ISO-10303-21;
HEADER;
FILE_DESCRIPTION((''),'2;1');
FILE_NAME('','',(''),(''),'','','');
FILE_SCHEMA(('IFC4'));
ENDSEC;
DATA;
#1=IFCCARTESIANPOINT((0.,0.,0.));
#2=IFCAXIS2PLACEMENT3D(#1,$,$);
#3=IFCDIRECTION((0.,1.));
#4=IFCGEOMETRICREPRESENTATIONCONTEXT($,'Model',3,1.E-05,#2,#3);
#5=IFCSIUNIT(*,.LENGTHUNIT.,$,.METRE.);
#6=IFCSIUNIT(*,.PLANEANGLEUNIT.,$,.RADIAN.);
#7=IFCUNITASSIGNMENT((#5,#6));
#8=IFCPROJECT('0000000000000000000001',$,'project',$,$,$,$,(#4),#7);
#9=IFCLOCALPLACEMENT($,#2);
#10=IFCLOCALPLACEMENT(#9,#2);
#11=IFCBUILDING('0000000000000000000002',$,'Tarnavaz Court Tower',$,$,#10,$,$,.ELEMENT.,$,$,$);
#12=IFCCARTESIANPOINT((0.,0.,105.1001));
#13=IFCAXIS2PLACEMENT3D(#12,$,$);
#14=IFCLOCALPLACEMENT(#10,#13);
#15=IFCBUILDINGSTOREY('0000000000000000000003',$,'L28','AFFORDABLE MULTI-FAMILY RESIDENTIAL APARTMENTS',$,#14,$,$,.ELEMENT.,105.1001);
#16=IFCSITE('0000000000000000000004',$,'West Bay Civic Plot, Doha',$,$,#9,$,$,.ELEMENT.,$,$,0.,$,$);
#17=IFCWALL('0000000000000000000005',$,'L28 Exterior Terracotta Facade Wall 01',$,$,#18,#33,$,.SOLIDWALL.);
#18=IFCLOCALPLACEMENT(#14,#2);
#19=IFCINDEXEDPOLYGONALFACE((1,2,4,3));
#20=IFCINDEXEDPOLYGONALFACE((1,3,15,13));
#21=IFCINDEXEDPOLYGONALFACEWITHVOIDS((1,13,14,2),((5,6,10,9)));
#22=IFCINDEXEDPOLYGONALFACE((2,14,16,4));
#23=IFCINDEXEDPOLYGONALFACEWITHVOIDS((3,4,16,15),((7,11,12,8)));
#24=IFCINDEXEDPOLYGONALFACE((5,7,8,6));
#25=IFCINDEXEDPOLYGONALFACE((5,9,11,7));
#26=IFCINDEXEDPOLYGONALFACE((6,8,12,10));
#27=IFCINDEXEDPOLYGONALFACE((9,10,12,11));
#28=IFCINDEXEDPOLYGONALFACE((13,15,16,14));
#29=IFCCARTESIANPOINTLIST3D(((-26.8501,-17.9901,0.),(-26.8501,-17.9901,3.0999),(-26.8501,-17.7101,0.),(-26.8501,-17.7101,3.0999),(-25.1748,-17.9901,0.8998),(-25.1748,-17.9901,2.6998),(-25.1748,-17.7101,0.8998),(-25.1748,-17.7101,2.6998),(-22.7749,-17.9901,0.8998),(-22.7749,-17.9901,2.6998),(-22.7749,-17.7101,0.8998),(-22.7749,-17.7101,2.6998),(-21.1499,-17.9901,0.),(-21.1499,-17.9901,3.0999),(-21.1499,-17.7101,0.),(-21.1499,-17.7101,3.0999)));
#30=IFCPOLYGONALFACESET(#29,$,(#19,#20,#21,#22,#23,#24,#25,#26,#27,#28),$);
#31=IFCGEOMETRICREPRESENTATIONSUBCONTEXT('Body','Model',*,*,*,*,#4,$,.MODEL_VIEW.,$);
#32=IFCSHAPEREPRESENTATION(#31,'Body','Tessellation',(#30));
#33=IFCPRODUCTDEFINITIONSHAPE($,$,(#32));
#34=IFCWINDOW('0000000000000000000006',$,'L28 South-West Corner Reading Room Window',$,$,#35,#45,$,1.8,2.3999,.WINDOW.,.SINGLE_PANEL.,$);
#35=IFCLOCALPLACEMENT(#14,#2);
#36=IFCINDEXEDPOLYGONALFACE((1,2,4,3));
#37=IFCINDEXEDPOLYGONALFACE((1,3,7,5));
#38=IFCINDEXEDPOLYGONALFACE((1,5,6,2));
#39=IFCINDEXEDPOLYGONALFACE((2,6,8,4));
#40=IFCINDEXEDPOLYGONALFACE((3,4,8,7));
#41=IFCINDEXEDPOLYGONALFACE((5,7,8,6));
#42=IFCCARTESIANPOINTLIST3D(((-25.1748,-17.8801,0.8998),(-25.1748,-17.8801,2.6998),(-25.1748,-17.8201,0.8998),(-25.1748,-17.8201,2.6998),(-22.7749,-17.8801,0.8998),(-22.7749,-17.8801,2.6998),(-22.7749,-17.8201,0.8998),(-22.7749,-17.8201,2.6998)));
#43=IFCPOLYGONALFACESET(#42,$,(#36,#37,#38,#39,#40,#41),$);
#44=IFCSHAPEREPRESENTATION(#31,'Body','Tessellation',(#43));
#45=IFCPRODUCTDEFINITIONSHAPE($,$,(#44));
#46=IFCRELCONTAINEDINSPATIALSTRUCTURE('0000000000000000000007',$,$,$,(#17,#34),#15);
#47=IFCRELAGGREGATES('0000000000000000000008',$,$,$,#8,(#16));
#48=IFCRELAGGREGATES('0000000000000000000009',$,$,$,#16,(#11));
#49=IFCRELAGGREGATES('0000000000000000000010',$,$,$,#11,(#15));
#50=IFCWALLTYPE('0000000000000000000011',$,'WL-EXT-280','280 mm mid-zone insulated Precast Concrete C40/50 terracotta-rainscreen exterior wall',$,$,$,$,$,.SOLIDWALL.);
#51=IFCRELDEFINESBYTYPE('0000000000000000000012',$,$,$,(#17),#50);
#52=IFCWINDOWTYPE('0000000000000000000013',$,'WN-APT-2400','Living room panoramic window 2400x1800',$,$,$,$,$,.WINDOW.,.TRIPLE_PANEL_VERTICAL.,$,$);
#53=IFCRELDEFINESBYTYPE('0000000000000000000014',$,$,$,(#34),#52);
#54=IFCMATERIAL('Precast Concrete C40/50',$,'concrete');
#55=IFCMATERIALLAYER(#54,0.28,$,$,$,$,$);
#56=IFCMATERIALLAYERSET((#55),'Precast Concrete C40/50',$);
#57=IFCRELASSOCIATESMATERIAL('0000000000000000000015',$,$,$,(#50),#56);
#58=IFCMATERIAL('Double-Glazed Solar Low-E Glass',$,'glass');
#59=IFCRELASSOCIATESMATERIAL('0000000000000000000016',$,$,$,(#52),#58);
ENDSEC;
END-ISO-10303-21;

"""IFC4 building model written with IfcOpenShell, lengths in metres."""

from ifc_helpers import new_model, si_unit, direction, frame, frame_2d, origin, place, context, subcontext, project, spatial, rectangle, extrude, material, layer, layer_set, type_object, element, fill, save


model = new_model("IFC4")

# Units and contexts
model_context = context("Model", 3, precision=1e-05, world=origin(), true_north=direction((0.0, 1.0)))
body_context = subcontext(model_context, "Body", "Model", "MODEL_VIEW")
ifc_project = project(units=[si_unit("LENGTHUNIT", "METRE"), si_unit("PLANEANGLEUNIT", "RADIAN")], contexts=[model_context])

# Site, building, storey
site_placement = place(None, origin())
site = spatial("IfcSite", under=ifc_project, at=site_placement, Name="West Bay Civic Plot, Doha", CompositionType="ELEMENT", RefElevation=0.0)
building_placement = place(site_placement, origin())
building = spatial("IfcBuilding", under=site, at=building_placement, Name="Tarnavaz Court Tower", CompositionType="ELEMENT")
storey_placement = place(building_placement, frame((0.0, 0.0, 105.1001)))
storey = spatial("IfcBuildingStorey", under=building, at=storey_placement, Name="L28", Description="AFFORDABLE MULTI-FAMILY RESIDENTIAL APARTMENTS", CompositionType="ELEMENT", Elevation=105.1001)

# Wall, opening, window
ifc_material_1 = material(Name="Precast Concrete C40/50", Category="concrete")
ifc_layer_1 = layer(ifc_material_1, 0.28)
ifc_layer_set_1 = layer_set([ifc_layer_1], Name="Precast Concrete C40/50")
wall_type_1 = type_object("IfcWallType", Name="WL-EXT-280", Description="280 mm mid-zone insulated Precast Concrete C40/50 terracotta-rainscreen exterior wall", PredefinedType="SOLIDWALL", material=ifc_layer_set_1)
wall_1_placement = place(storey_placement, frame((-21.1499, -17.8501, 0.0), z_axis=(0.0, 0.0, 1.0), x_axis=(-1.0, 0.0, 0.0)))
wall_1 = element("IfcWall", 1, at=wall_1_placement, inside=storey, type_object=wall_type_1, Name="L28 Exterior Terracotta Facade Wall 01", PredefinedType="SOLIDWALL", context=body_context, shape_type="SweptSolid", body=[
    extrude(rectangle(XDim=5.7002, YDim=0.28, at=frame_2d((2.8501, 0.0))), origin(), (0.0, 0.0, 1.0), 3.0999),
])
opening_1_placement = place(wall_1_placement, frame((1.625, 0.0, 0.8999)))
opening_1 = element("IfcOpeningElement", 2, at=opening_1_placement, cuts=wall_1, PredefinedType="OPENING", context=body_context, shape_type="SweptSolid", body=[
    extrude(rectangle(XDim=2.3999, YDim=1.8, at=frame_2d((1.2, 0.8999))), frame((0.0, 0.1499, 0.0), z_axis=(0.0, -1.0, 0.0), x_axis=(1.0, 0.0, 0.0)), (0.0, 0.0, 1.0), 0.3),
])
ifc_material_2 = material(Name="Double-Glazed Solar Low-E Glass", Category="glass")
window_type_1 = type_object("IfcWindowType", Name="WN-APT-2400", Description="Living room panoramic window 2400x1800", PartitioningType="TRIPLE_PANEL_VERTICAL", PredefinedType="WINDOW", material=ifc_material_2)
window_1_placement = place(opening_1_placement, origin())
window_1 = element("IfcWindow", 3, at=window_1_placement, inside=storey, type_object=window_type_1, Name="L28 South-West Corner Reading Room Window", OverallHeight=1.8, OverallWidth=2.3999, PartitioningType="SINGLE_PANEL", PredefinedType="WINDOW", context=body_context, shape_type="SweptSolid", body=[
    extrude(rectangle(XDim=2.3999, YDim=1.8, at=frame_2d((1.2, 0.8999))), frame((0.0, 0.03, 0.0), z_axis=(0.0, -1.0, 0.0), x_axis=(1.0, 0.0, 0.0)), (0.0, 0.0, 1.0), 0.0601),
])
fill(opening_1, window_1)

save(model, "model.ifc")
